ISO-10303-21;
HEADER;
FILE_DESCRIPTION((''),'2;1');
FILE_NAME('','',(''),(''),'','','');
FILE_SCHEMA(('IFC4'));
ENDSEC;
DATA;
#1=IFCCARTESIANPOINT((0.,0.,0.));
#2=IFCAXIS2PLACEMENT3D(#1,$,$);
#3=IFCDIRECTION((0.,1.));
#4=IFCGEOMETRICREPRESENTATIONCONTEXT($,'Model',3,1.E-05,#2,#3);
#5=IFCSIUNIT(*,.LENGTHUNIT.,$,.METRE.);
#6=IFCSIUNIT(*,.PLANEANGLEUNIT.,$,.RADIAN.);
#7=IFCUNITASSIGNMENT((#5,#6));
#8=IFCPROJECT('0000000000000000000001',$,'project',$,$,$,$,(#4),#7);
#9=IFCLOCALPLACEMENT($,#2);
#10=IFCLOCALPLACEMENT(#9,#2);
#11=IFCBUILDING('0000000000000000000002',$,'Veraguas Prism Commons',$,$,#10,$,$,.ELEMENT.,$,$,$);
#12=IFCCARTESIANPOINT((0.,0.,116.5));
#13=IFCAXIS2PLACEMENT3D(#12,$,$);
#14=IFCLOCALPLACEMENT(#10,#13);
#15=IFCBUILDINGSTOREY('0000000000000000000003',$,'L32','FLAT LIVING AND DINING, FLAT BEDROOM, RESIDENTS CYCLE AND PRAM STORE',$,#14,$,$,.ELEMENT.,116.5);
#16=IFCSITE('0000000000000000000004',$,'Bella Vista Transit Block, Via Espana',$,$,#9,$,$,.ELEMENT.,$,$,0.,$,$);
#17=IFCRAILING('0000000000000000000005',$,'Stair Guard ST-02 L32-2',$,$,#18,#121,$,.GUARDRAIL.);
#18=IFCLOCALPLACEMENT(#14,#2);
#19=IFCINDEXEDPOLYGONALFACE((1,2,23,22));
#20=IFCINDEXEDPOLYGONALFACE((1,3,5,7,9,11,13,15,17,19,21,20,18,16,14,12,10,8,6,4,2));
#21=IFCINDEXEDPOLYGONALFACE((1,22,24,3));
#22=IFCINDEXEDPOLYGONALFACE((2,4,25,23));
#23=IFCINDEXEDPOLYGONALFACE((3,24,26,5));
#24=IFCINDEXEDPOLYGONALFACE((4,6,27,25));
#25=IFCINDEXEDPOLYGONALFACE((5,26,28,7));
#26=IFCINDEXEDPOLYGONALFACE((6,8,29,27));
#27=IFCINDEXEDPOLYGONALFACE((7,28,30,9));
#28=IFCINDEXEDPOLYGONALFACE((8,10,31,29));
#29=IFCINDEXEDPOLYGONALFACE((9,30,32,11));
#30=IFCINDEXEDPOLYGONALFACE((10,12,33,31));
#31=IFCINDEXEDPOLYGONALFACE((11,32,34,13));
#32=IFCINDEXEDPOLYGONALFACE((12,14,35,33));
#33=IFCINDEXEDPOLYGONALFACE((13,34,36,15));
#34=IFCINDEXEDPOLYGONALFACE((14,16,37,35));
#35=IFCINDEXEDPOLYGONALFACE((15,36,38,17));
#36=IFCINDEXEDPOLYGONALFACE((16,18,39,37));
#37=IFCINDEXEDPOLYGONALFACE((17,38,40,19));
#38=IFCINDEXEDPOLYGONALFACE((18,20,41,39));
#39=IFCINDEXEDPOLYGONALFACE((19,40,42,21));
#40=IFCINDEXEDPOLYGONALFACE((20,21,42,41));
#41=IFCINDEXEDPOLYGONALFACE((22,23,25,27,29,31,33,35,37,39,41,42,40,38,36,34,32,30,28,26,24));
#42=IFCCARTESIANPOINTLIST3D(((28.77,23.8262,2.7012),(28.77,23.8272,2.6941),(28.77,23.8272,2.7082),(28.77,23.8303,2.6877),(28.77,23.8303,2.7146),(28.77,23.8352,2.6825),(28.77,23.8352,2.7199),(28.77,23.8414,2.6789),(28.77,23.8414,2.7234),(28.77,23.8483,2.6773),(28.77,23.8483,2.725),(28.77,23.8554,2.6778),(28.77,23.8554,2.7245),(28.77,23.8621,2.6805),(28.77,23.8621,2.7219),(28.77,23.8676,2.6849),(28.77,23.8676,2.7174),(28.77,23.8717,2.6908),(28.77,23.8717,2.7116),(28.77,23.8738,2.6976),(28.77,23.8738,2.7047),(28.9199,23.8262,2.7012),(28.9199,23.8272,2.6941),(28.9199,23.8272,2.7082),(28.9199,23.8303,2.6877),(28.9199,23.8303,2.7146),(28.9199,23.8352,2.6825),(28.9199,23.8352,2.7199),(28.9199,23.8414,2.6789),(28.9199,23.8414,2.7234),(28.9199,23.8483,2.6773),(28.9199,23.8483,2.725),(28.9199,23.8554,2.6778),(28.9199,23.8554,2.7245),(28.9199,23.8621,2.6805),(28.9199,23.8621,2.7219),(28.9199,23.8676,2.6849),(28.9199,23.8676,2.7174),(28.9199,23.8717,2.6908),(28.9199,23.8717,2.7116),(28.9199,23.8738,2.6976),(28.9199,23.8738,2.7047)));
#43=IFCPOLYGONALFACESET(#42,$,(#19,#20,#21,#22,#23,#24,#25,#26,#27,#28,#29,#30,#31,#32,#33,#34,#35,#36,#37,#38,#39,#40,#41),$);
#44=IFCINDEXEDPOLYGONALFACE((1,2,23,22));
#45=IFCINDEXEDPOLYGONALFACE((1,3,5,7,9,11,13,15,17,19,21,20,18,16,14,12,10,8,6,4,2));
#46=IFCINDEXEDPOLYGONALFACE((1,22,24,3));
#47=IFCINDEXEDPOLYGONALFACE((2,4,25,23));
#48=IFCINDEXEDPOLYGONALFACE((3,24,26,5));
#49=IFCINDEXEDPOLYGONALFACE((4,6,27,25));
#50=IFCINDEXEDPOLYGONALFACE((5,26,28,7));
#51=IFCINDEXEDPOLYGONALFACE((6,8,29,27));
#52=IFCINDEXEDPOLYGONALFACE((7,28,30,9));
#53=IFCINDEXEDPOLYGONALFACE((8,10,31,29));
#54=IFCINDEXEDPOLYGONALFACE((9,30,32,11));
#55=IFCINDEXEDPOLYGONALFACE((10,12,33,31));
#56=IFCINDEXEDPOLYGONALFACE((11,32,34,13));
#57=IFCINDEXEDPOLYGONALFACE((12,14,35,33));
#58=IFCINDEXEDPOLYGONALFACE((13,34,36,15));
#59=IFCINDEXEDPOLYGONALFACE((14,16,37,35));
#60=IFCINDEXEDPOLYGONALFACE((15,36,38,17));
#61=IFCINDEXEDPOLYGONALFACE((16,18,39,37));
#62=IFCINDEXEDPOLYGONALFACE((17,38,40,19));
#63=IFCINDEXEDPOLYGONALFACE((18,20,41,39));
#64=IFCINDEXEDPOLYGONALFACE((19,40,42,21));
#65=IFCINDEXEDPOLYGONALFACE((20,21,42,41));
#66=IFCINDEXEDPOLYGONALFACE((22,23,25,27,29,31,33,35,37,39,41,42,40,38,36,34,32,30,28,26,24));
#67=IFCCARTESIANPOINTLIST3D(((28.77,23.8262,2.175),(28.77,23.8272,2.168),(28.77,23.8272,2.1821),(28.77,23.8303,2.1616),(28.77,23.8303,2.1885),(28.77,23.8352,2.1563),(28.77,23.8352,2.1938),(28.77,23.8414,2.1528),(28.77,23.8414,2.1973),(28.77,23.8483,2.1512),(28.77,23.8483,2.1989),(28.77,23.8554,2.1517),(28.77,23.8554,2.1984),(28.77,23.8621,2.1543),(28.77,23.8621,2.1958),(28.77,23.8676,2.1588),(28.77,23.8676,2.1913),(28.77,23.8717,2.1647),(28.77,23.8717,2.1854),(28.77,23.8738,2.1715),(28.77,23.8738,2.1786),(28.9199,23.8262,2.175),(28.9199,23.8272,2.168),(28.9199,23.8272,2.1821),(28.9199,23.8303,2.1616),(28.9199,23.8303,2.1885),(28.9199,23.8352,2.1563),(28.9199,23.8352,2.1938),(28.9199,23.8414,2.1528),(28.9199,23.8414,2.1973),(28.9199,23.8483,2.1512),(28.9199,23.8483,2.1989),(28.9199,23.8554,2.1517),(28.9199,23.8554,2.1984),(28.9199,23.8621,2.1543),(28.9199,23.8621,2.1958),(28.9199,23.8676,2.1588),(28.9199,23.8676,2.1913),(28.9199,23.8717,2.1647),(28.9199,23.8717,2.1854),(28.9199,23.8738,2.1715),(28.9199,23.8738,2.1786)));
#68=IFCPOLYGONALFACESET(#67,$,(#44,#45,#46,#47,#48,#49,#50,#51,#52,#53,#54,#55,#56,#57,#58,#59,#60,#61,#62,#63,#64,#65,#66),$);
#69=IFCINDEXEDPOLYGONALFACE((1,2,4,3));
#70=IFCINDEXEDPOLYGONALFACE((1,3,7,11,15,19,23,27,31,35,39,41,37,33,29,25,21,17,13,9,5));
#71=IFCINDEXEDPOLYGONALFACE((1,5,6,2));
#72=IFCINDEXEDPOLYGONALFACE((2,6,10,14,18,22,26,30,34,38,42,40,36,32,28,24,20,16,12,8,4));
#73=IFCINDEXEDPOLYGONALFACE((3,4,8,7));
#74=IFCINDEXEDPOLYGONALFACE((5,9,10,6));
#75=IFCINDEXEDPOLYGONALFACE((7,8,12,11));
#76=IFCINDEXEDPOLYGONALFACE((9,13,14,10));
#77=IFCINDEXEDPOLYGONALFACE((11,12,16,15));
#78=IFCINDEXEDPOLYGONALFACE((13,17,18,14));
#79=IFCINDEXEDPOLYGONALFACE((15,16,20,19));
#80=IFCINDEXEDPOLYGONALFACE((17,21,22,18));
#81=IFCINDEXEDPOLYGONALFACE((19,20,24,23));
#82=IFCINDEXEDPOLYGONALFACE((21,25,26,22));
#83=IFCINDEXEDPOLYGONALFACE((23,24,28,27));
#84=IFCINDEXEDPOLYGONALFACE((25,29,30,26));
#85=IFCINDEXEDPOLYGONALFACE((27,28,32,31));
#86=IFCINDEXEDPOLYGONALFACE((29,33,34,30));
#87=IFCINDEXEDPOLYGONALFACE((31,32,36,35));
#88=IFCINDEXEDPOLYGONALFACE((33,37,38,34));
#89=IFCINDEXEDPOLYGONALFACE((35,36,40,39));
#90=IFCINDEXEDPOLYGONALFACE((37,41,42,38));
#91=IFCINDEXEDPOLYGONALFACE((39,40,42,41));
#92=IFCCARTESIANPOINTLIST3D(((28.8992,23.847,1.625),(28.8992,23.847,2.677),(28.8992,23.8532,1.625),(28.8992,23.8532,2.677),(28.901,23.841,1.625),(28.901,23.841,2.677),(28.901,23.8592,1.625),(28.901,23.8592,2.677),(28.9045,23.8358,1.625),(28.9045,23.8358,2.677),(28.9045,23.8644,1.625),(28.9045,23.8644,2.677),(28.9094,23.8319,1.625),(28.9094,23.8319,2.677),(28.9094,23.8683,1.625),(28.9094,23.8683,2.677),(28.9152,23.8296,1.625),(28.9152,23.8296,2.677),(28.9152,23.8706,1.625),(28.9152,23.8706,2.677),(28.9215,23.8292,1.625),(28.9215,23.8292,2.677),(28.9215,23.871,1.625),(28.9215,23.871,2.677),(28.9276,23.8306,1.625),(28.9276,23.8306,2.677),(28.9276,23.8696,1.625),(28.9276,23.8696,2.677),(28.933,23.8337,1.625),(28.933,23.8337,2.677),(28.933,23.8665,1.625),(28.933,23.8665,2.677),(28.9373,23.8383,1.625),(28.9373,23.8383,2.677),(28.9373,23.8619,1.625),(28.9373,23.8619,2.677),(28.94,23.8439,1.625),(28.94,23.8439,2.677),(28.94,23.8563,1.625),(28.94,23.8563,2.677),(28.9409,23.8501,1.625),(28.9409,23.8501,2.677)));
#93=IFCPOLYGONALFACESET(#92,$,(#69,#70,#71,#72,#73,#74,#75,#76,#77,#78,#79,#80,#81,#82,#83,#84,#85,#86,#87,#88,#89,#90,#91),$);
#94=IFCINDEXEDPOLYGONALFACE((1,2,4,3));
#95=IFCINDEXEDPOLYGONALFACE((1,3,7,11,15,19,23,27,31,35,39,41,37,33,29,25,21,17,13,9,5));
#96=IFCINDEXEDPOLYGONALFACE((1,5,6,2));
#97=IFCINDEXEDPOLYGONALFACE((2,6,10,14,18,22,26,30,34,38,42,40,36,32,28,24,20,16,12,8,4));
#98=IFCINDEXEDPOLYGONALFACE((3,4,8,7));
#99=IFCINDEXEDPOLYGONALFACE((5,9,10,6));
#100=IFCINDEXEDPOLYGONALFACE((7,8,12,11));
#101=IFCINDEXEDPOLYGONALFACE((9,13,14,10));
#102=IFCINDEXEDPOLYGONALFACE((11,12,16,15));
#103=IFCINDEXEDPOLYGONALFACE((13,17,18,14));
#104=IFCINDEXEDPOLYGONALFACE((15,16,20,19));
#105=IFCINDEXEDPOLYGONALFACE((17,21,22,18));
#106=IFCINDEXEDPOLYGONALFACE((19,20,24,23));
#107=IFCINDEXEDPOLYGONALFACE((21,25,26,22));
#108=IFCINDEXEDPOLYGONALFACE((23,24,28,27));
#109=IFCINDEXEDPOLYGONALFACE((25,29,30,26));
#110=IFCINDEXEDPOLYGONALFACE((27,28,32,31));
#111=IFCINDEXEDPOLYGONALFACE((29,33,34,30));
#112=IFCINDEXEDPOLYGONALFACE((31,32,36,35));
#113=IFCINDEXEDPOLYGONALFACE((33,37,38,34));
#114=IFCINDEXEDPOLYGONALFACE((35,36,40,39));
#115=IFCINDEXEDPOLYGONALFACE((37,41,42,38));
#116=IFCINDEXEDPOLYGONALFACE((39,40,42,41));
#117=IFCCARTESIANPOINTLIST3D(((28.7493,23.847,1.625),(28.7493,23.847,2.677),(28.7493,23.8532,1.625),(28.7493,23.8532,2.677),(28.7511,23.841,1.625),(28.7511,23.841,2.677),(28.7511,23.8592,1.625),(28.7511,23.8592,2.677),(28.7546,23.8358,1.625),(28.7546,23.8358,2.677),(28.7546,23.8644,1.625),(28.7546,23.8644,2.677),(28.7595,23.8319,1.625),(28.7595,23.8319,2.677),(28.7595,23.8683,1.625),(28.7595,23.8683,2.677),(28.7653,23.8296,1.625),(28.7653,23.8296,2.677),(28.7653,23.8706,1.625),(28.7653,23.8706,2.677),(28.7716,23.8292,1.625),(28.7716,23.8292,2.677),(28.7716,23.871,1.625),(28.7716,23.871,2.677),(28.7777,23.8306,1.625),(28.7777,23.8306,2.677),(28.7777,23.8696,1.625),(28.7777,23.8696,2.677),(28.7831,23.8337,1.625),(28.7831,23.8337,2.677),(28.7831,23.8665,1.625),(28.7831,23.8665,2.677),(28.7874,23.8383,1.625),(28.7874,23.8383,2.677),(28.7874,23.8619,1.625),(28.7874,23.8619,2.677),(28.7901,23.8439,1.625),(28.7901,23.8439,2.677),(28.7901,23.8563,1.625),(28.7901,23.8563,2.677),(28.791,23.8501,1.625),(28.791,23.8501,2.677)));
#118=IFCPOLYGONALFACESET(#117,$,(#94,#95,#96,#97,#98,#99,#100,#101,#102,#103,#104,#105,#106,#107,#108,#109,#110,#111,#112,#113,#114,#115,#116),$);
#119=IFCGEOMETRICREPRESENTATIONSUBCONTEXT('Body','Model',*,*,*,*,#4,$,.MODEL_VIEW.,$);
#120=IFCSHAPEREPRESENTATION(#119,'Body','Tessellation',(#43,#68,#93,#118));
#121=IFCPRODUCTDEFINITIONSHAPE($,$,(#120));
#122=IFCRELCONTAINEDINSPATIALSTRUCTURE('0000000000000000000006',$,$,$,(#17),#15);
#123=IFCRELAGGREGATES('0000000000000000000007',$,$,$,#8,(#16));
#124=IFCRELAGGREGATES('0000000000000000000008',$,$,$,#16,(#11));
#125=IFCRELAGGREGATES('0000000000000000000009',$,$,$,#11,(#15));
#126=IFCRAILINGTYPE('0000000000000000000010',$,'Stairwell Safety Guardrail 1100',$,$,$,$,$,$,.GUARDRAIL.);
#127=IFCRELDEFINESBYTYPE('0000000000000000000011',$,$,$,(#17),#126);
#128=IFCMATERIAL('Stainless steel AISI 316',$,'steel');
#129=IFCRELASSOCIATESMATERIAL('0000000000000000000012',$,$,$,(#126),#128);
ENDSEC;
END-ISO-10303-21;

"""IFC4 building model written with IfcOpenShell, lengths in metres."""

from ifc_helpers import new_model, si_unit, direction, frame, origin, origin_2d, place, context, subcontext, project, spatial, circle, extrude, material, type_object, element, save


model = new_model("IFC4")

# Units and contexts
model_context = context("Model", 3, precision=1e-05, world=origin(), true_north=direction((0.0, 1.0)))
body_context = subcontext(model_context, "Body", "Model", "MODEL_VIEW")
ifc_project = project(units=[si_unit("LENGTHUNIT", "METRE"), si_unit("PLANEANGLEUNIT", "RADIAN")], contexts=[model_context])

# Site, building, storey
site_placement = place(None, origin())
site = spatial("IfcSite", under=ifc_project, at=site_placement, Name="Bella Vista Transit Block, Via Espana", CompositionType="ELEMENT", RefElevation=0.0)
building_placement = place(site_placement, origin())
building = spatial("IfcBuilding", under=site, at=building_placement, Name="Veraguas Prism Commons", CompositionType="ELEMENT")
storey_placement = place(building_placement, frame((0.0, 0.0, 116.5)))
storey = spatial("IfcBuildingStorey", under=building, at=storey_placement, Name="L32", Description="FLAT LIVING AND DINING, FLAT BEDROOM, RESIDENTS CYCLE AND PRAM STORE", CompositionType="ELEMENT", Elevation=116.5)

# Shared definitions
ifc_material_1 = material(Name="Stainless steel AISI 316", Category="steel")

# Railing
railing_type_1 = type_object("IfcRailingType", Name="Stairwell Safety Guardrail 1100", PredefinedType="GUARDRAIL", material=ifc_material_1)
railing_1_placement = place(storey_placement, frame((28.9199, 23.8501, 1.625)))
element("IfcRailing", 1, at=railing_1_placement, inside=storey, type_object=railing_type_1, Name="Stair Guard ST-02 L32-2", PredefinedType="GUARDRAIL", context=body_context, shape_type="SweptSolid", body=[
    extrude(circle(Radius=0.0239, at=origin_2d()), frame((0.0, 0.0, 1.0762), z_axis=(-1.0, 0.0, 0.0), x_axis=(0.0, -1.0, 0.0)), (0.0, 0.0, 1.0), 0.1499),
    extrude(circle(Radius=0.0239, at=origin_2d()), frame((0.0, 0.0, 0.55), z_axis=(-1.0, 0.0, 0.0), x_axis=(0.0, -1.0, 0.0)), (0.0, 0.0, 1.0), 0.1499),
    extrude(circle(Radius=0.021, at=origin_2d()), origin(), (0.0, 0.0, 1.0), 1.052),
    extrude(circle(Radius=0.021, at=origin_2d()), frame((-0.1499, 0.0, 0.0)), (0.0, 0.0, 1.0), 1.052),
])

save(model, "model.ifc")
